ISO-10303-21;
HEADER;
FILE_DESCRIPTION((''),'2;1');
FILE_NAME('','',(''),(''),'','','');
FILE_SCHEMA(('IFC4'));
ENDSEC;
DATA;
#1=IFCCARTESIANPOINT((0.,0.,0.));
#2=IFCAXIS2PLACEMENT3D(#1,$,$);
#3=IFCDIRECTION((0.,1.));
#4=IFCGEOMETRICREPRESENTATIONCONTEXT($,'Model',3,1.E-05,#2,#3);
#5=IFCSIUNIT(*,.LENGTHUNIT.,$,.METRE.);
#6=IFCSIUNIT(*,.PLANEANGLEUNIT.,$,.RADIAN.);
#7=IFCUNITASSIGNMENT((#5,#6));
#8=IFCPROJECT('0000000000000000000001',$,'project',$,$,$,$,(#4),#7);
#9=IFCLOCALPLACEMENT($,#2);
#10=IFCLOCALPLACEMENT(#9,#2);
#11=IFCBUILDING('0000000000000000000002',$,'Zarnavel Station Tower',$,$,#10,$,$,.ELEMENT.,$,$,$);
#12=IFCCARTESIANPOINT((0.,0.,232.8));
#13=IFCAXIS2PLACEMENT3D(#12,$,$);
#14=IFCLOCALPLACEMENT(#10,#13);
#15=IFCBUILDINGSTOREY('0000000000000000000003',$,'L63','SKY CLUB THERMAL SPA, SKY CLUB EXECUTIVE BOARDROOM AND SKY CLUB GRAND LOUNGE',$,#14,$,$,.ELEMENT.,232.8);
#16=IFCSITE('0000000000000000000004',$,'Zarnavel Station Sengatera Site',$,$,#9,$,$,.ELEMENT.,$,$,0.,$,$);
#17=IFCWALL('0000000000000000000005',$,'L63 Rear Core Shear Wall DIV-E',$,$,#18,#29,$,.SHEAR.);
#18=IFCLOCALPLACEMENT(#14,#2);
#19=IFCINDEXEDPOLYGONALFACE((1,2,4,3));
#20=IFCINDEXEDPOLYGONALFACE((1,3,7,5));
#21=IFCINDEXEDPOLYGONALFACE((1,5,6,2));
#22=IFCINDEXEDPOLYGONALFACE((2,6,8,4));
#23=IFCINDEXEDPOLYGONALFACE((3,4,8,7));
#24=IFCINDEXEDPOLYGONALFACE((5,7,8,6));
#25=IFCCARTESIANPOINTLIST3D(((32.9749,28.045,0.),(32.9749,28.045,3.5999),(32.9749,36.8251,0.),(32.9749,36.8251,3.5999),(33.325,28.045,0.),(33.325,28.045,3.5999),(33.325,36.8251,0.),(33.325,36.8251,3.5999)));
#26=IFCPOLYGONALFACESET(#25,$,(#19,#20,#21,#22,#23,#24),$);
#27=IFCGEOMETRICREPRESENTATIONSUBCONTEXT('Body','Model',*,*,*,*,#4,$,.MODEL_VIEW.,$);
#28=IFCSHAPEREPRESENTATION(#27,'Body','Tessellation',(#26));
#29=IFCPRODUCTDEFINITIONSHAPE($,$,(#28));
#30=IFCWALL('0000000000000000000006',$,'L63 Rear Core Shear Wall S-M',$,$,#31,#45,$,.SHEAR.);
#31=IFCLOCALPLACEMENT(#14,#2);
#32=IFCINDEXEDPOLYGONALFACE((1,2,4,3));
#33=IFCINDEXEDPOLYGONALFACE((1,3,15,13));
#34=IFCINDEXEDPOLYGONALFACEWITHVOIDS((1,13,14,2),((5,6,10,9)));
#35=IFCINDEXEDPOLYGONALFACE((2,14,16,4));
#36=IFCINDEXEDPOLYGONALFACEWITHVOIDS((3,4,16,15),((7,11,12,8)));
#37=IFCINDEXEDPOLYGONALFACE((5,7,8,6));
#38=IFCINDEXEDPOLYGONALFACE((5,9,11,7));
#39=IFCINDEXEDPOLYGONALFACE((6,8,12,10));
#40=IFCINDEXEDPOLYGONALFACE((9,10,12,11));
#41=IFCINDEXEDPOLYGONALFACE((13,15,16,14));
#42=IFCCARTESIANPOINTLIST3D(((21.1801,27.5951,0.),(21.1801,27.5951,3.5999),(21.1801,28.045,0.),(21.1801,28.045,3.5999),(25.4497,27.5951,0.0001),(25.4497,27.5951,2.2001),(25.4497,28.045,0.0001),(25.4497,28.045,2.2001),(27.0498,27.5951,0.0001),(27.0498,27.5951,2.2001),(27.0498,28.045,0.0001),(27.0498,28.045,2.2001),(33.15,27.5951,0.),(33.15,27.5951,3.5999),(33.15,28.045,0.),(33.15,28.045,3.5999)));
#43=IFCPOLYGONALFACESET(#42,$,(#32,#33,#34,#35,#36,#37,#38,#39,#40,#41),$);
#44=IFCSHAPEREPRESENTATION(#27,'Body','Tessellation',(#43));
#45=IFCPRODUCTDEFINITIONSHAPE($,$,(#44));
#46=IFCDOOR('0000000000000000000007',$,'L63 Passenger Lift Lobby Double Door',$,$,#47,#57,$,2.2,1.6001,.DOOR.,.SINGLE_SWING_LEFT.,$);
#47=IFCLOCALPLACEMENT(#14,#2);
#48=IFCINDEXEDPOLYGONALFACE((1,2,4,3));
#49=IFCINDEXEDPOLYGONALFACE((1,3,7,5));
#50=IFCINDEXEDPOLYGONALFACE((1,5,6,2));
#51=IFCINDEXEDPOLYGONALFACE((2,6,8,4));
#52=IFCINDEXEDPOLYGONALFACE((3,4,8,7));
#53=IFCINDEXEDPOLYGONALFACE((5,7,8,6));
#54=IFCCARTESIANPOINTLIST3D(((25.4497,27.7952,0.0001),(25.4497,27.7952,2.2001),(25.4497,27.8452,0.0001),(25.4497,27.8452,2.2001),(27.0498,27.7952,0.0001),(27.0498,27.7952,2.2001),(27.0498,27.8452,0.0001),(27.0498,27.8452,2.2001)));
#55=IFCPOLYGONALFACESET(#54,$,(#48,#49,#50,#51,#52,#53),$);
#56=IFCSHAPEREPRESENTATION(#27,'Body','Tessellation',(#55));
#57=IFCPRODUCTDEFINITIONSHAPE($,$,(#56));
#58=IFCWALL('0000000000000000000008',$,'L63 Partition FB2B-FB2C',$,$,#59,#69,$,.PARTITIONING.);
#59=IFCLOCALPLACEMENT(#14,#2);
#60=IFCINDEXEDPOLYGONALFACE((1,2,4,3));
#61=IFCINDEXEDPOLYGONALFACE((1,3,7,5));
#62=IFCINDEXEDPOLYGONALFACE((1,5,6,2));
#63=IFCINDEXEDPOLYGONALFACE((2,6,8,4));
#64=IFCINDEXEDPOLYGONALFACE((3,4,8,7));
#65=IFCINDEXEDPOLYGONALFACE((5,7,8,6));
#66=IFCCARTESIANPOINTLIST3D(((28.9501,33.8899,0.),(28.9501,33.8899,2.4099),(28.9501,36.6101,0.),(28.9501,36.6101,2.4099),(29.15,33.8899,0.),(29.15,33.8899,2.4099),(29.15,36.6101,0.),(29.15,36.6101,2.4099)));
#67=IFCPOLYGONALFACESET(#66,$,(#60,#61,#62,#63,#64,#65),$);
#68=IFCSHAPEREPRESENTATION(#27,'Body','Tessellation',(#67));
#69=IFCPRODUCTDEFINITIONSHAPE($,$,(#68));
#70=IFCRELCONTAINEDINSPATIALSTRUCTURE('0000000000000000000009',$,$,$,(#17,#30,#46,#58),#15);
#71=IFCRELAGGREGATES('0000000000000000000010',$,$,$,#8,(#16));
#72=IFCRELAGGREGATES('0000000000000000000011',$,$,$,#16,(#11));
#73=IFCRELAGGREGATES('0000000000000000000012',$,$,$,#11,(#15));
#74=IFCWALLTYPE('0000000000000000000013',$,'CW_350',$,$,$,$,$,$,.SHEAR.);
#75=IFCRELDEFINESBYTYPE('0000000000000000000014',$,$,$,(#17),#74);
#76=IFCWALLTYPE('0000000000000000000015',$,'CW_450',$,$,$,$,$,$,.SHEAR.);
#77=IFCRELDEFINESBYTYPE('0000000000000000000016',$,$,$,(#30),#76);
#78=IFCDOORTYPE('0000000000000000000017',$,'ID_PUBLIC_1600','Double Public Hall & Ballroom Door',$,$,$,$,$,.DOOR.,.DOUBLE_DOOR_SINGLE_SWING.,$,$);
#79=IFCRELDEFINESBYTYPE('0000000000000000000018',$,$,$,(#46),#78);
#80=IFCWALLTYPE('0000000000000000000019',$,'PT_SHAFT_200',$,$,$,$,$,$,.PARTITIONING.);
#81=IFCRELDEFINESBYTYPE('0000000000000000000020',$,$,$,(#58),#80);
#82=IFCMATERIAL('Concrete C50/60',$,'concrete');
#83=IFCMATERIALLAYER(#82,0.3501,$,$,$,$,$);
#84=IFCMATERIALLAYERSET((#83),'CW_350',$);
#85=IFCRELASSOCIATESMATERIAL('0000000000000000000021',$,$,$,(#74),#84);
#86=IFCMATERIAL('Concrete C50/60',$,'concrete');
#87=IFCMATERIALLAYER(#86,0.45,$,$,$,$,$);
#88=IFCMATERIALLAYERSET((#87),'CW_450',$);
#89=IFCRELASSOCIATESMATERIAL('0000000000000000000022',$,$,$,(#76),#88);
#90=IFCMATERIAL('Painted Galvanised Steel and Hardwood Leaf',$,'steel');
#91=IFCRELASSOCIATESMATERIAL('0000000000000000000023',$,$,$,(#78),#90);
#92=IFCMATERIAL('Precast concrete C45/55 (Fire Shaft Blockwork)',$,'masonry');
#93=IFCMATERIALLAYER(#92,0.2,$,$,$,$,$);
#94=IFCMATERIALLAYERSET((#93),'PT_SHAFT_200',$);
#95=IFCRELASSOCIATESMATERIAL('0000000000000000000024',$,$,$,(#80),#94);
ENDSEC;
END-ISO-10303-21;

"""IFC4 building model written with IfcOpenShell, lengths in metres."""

from ifc_helpers import new_model, si_unit, direction, frame, frame_2d, origin, place, context, subcontext, project, spatial, rectangle, extrude, material, layer, layer_set, type_object, element, fill, save


model = new_model("IFC4")

# Units and contexts
model_context = context("Model", 3, precision=1e-05, world=origin(), true_north=direction((0.0, 1.0)))
body_context = subcontext(model_context, "Body", "Model", "MODEL_VIEW")
ifc_project = project(units=[si_unit("LENGTHUNIT", "METRE"), si_unit("PLANEANGLEUNIT", "RADIAN")], contexts=[model_context])

# Site, building, storey
site_placement = place(None, origin())
site = spatial("IfcSite", under=ifc_project, at=site_placement, Name="Zarnavel Station Sengatera Site", CompositionType="ELEMENT", RefElevation=0.0)
building_placement = place(site_placement, origin())
building = spatial("IfcBuilding", under=site, at=building_placement, Name="Zarnavel Station Tower", CompositionType="ELEMENT")
storey_placement = place(building_placement, frame((0.0, 0.0, 232.8)))
storey = spatial("IfcBuildingStorey", under=building, at=storey_placement, Name="L63", Description="SKY CLUB THERMAL SPA, SKY CLUB EXECUTIVE BOARDROOM AND SKY CLUB GRAND LOUNGE", CompositionType="ELEMENT", Elevation=232.8)

# Wall
ifc_material_1 = material(Name="Concrete C50/60", Category="concrete")
ifc_layer_1 = layer(ifc_material_1, 0.3501)
ifc_layer_set_1 = layer_set([ifc_layer_1], Name="CW_350")
wall_type_1 = type_object("IfcWallType", Name="CW_350", PredefinedType="SHEAR", material=ifc_layer_set_1)
wall_1_placement = place(storey_placement, frame((33.1499, 28.0449, 0.0), z_axis=(0.0, 0.0, 1.0), x_axis=(0.0, 1.0, 0.0)))
element("IfcWall", 1, at=wall_1_placement, inside=storey, type_object=wall_type_1, Name="L63 Rear Core Shear Wall DIV-E", PredefinedType="SHEAR", context=body_context, shape_type="SweptSolid", body=[
    extrude(rectangle(XDim=8.78, YDim=0.3501, at=frame_2d((4.3901, 0.0))), origin(), (0.0, 0.0, 1.0), 3.5999),
])

# Wall, opening, door
ifc_material_2 = material(Name="Concrete C50/60", Category="concrete")
ifc_layer_2 = layer(ifc_material_2, 0.45)
ifc_layer_set_2 = layer_set([ifc_layer_2], Name="CW_450")
wall_type_2 = type_object("IfcWallType", Name="CW_450", PredefinedType="SHEAR", material=ifc_layer_set_2)
wall_2_placement = place(storey_placement, frame((33.1499, 27.8201, 0.0), z_axis=(0.0, 0.0, 1.0), x_axis=(-1.0, 0.0, 0.0)))
wall_2 = element("IfcWall", 2, at=wall_2_placement, inside=storey, type_object=wall_type_2, Name="L63 Rear Core Shear Wall S-M", PredefinedType="SHEAR", context=body_context, shape_type="SweptSolid", body=[
    extrude(rectangle(XDim=11.97, YDim=0.45, at=frame_2d((5.9849, 0.0))), origin(), (0.0, 0.0, 1.0), 3.5999),
])
opening_1_placement = place(wall_2_placement, frame((6.1001, 0.0, 0.0)))
opening_1 = element("IfcOpeningElement", 3, at=opening_1_placement, cuts=wall_2, PredefinedType="OPENING", context=body_context, shape_type="SweptSolid", body=[
    extrude(rectangle(XDim=1.6001, YDim=2.2, at=frame_2d((0.8, 1.1001))), frame((0.0, 0.2349, 0.0), z_axis=(0.0, -1.0, 0.0), x_axis=(1.0, 0.0, 0.0)), (0.0, 0.0, 1.0), 0.47),
])
ifc_material_3 = material(Name="Painted Galvanised Steel and Hardwood Leaf", Category="steel")
door_type_1 = type_object("IfcDoorType", Name="ID_PUBLIC_1600", Description="Double Public Hall & Ballroom Door", OperationType="DOUBLE_DOOR_SINGLE_SWING", PredefinedType="DOOR", material=ifc_material_3)
door_1_placement = place(opening_1_placement, origin())
door_1 = element("IfcDoor", 4, at=door_1_placement, inside=storey, type_object=door_type_1, Name="L63 Passenger Lift Lobby Double Door", OperationType="SINGLE_SWING_LEFT", OverallHeight=2.2, OverallWidth=1.6001, PredefinedType="DOOR", context=body_context, shape_type="SweptSolid", body=[
    extrude(rectangle(XDim=1.6001, YDim=2.2, at=frame_2d((0.8, 1.1001))), frame((0.0, 0.0249, 0.0), z_axis=(0.0, -1.0, 0.0), x_axis=(1.0, 0.0, 0.0)), (0.0, 0.0, 1.0), 0.05),
])
fill(opening_1, door_1)
ifc_material_4 = material(Name="Precast concrete C45/55 (Fire Shaft Blockwork)", Category="masonry")
ifc_layer_3 = layer(ifc_material_4, 0.2)
ifc_layer_set_3 = layer_set([ifc_layer_3], Name="PT_SHAFT_200")
wall_type_3 = type_object("IfcWallType", Name="PT_SHAFT_200", PredefinedType="PARTITIONING", material=ifc_layer_set_3)

# Wall
wall_3_placement = place(storey_placement, frame((29.05, 33.8899, 0.0), z_axis=(0.0, 0.0, 1.0), x_axis=(0.0, 1.0, 0.0)))
element("IfcWall", 5, at=wall_3_placement, inside=storey, type_object=wall_type_3, Name="L63 Partition FB2B-FB2C", PredefinedType="PARTITIONING", context=body_context, shape_type="SweptSolid", body=[
    extrude(rectangle(XDim=2.7202, YDim=0.2, at=frame_2d((1.3601, 0.0))), origin(), (0.0, 0.0, 1.0), 2.4099),
])

save(model, "model.ifc")
